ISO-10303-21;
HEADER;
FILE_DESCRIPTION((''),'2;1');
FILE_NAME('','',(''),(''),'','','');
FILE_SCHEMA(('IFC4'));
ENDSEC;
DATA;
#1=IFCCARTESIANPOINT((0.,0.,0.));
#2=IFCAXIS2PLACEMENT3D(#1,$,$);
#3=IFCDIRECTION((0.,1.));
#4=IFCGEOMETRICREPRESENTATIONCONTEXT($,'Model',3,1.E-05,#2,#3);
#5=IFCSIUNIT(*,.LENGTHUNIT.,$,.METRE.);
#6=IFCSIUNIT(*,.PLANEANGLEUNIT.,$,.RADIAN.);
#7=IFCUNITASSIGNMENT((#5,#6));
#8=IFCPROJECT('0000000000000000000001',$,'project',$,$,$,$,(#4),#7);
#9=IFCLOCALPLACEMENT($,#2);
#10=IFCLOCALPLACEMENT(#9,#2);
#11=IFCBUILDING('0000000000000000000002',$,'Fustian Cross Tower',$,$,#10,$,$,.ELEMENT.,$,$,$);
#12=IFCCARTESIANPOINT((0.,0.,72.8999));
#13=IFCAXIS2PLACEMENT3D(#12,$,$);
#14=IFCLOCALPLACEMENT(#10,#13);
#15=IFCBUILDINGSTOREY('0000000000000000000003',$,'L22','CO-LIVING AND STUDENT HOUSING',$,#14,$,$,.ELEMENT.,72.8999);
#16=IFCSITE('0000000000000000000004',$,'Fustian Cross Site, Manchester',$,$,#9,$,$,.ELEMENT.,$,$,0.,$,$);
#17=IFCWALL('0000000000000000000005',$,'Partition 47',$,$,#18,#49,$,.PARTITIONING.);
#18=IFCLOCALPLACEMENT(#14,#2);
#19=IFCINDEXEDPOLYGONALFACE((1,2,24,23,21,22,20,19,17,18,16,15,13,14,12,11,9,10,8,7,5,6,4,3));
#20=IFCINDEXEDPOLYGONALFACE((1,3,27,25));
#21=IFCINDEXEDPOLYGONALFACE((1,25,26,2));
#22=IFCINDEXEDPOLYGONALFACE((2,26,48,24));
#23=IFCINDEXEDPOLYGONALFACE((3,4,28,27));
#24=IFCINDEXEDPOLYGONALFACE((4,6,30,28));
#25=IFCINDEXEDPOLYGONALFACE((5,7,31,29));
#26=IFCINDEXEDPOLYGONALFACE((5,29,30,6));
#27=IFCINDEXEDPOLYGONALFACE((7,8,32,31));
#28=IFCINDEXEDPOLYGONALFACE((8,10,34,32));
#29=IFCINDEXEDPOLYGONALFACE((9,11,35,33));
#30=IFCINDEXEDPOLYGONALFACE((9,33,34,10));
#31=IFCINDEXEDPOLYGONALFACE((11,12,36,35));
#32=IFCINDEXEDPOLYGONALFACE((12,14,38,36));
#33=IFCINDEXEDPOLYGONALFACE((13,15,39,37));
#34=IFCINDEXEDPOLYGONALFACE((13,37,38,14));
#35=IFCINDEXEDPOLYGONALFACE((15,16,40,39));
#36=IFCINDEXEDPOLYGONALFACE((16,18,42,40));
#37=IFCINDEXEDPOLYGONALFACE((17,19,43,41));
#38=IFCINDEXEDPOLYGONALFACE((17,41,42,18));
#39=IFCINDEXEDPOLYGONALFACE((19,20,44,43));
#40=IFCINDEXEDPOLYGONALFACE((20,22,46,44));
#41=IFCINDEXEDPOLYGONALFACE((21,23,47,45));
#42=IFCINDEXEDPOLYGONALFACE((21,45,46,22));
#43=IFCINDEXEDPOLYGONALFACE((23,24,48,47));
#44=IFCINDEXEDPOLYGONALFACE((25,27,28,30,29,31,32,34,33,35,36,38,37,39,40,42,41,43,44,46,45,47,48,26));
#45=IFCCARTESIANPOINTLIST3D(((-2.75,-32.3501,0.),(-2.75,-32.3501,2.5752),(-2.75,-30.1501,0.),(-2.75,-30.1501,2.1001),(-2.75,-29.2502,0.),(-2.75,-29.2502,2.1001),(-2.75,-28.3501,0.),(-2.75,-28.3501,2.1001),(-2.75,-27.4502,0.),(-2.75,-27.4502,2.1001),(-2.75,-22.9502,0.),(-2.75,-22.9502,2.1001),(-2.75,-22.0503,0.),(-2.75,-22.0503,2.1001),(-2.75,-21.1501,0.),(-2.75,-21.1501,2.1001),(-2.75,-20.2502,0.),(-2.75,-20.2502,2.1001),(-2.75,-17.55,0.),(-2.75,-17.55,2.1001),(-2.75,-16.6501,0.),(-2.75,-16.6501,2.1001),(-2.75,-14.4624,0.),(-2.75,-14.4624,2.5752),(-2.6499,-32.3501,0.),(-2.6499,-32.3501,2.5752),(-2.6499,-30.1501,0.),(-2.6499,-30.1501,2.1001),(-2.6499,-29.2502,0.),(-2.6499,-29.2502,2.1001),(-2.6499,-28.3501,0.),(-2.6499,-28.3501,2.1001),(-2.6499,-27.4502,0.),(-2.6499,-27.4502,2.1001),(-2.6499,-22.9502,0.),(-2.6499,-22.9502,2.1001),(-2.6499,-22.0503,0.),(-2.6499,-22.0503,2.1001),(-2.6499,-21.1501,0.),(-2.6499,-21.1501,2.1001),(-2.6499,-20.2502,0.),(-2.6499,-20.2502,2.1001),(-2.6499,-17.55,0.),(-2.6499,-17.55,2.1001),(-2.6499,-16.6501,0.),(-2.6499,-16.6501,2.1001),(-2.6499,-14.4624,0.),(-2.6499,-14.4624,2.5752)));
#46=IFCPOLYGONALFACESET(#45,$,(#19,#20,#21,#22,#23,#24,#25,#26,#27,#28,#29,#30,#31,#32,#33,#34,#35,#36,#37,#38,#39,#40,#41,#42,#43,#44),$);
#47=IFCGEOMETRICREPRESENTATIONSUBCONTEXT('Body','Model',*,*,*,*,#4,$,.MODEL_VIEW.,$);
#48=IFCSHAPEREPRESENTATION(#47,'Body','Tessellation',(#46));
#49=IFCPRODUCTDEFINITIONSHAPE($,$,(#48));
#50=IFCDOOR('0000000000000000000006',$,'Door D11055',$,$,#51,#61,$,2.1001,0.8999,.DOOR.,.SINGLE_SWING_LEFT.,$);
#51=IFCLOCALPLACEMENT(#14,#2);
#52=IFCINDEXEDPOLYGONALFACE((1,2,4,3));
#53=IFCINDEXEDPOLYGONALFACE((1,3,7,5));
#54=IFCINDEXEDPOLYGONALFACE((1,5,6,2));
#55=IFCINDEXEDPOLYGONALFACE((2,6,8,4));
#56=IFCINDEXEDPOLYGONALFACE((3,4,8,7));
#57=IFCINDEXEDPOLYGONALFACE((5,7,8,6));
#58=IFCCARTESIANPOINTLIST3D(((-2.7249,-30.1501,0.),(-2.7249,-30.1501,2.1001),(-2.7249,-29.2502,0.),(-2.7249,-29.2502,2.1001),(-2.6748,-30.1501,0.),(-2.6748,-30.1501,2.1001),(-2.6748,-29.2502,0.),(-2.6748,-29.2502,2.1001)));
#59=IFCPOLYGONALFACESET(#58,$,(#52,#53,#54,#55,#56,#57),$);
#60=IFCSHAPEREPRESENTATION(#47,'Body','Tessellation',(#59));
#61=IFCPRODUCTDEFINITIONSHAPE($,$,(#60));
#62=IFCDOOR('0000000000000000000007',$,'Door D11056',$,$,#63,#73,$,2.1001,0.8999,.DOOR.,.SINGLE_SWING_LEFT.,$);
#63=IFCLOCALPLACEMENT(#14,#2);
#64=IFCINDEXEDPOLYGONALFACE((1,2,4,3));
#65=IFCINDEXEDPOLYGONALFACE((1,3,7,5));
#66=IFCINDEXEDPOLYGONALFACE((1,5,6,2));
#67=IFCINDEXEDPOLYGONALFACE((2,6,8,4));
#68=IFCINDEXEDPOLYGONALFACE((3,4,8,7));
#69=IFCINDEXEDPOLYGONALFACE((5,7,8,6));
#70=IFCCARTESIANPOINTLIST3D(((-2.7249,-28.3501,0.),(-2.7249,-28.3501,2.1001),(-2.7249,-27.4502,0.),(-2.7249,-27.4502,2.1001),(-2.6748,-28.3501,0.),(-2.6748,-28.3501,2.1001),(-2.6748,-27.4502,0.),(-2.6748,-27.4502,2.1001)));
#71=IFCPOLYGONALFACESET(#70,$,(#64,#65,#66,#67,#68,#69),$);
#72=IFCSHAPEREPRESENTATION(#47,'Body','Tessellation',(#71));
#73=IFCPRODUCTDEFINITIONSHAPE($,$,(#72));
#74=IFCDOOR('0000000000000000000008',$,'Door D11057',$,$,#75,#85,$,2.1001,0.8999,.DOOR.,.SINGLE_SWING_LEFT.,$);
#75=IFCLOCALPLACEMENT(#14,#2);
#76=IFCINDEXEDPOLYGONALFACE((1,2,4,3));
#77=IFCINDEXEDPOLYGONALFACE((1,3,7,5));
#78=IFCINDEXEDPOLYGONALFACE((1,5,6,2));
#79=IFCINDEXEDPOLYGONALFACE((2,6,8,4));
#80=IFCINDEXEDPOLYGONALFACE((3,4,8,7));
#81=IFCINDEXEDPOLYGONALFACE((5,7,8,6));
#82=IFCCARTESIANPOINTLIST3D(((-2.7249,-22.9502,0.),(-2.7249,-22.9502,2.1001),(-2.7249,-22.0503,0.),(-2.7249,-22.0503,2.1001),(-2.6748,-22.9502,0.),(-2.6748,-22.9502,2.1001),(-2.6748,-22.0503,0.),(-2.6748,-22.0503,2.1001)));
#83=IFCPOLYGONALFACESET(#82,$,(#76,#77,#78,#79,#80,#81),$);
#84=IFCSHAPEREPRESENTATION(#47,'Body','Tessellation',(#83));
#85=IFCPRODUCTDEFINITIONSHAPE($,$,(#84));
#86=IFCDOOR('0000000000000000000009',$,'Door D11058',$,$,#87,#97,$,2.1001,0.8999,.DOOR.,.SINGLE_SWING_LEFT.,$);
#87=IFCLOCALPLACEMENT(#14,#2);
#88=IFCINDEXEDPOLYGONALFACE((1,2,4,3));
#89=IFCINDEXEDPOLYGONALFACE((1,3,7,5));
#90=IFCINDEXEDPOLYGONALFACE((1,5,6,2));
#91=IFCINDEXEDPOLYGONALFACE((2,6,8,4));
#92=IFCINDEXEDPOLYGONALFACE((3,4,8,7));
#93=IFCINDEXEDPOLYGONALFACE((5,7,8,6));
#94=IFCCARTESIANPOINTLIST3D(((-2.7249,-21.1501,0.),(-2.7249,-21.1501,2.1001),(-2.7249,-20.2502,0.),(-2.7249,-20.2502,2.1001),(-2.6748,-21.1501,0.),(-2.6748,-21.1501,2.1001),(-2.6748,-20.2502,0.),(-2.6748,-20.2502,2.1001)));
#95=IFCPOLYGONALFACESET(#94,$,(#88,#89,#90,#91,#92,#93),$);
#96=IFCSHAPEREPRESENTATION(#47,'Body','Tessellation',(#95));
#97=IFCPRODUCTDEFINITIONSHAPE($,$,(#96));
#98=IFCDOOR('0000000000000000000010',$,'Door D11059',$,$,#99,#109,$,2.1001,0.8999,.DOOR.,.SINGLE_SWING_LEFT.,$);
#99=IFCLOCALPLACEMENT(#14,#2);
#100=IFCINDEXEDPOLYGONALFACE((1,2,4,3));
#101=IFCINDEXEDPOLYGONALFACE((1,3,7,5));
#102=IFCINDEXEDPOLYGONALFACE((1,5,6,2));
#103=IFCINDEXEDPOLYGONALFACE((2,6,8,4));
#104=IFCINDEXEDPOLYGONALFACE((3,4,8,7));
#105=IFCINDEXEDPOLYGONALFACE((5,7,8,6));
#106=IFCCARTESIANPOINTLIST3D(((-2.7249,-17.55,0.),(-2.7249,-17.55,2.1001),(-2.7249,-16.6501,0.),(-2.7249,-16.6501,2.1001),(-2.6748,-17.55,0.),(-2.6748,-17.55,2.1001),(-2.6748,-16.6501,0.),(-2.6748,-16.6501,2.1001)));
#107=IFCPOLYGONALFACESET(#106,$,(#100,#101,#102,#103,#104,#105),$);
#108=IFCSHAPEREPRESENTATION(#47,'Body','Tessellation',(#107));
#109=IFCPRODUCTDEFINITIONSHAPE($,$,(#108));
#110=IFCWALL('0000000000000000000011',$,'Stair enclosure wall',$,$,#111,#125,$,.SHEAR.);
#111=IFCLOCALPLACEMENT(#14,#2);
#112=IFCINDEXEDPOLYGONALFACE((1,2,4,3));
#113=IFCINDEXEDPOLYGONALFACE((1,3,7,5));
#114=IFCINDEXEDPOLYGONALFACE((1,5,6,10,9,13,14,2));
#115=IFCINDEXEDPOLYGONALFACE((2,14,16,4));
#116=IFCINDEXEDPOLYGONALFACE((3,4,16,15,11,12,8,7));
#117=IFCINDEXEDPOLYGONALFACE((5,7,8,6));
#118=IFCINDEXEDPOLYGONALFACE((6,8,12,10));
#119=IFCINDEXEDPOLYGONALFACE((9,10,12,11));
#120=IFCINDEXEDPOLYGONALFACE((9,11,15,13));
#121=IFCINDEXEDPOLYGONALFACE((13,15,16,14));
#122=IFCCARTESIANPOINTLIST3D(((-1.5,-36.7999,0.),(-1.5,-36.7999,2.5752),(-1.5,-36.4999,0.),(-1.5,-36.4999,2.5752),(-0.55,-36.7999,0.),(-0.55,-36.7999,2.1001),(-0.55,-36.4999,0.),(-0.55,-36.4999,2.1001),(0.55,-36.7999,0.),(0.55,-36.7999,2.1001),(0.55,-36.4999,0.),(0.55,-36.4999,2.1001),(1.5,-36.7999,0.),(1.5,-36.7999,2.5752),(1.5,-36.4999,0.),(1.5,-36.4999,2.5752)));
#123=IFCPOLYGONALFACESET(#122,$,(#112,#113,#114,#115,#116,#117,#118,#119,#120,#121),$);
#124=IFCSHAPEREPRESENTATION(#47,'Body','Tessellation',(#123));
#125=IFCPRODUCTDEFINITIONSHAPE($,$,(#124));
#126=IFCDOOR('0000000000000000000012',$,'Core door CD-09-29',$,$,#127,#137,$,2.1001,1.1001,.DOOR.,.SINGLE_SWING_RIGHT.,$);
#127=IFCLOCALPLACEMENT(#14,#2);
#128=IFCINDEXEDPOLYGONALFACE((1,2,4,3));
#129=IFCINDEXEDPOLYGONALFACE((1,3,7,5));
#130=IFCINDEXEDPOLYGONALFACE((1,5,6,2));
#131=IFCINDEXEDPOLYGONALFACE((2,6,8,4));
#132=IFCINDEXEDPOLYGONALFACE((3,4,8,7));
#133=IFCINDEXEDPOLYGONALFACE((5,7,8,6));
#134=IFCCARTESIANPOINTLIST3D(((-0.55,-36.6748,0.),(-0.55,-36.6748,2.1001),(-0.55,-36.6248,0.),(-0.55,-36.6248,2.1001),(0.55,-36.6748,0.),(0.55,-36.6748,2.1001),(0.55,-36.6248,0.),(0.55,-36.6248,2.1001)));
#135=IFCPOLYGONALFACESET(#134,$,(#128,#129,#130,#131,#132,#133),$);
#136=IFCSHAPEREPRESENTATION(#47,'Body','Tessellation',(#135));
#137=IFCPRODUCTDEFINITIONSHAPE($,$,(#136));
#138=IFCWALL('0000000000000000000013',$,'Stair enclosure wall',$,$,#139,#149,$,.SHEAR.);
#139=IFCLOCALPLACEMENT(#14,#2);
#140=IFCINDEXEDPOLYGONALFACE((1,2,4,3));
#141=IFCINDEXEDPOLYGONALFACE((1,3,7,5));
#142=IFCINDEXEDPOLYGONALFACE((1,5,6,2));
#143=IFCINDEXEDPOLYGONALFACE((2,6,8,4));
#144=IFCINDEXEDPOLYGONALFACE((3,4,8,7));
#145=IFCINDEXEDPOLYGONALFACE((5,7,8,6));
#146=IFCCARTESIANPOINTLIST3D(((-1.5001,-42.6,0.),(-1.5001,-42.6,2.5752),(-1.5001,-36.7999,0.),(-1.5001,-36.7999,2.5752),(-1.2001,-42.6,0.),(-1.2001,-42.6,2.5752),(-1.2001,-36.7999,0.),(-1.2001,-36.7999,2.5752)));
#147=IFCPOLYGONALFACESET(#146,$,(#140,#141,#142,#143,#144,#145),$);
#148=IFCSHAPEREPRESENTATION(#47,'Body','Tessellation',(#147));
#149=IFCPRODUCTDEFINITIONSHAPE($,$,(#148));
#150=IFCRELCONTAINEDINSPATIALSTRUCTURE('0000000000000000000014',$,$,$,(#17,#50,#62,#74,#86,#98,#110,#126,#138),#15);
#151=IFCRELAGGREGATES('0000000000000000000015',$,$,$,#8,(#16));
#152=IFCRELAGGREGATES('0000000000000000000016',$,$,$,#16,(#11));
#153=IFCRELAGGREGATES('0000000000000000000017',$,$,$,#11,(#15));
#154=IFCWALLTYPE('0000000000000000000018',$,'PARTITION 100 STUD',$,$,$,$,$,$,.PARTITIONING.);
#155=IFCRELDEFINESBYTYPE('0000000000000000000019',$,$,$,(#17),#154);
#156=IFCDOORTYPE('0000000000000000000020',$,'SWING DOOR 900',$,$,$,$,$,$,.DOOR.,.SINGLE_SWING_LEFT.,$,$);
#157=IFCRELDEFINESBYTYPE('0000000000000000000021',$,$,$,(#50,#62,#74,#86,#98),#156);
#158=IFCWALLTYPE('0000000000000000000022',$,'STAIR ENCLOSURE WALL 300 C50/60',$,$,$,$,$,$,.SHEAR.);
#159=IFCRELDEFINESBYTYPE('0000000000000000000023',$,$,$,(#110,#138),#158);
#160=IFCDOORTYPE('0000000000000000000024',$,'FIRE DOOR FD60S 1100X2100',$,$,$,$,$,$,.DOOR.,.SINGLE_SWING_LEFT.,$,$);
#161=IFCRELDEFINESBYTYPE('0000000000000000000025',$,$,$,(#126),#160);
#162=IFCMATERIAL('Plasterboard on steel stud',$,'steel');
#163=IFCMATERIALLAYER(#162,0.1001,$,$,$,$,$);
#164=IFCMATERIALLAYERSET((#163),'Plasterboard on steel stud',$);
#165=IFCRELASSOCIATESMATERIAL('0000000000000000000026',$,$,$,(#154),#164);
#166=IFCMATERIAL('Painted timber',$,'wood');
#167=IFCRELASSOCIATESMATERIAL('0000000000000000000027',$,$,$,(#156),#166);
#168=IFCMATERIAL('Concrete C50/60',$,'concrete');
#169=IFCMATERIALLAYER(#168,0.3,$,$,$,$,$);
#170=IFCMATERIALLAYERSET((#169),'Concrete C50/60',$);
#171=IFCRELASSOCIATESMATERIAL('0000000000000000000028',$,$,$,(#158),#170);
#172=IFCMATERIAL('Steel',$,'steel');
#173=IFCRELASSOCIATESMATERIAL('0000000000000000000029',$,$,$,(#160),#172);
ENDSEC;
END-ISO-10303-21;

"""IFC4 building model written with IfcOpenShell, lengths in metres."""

from ifc_helpers import new_model, si_unit, direction, frame, frame_2d, origin, place, context, subcontext, project, spatial, rectangle, extrude, material, layer, layer_set, type_object, element, fill, save


model = new_model("IFC4")

# Units and contexts
model_context = context("Model", 3, precision=1e-05, world=origin(), true_north=direction((0.0, 1.0)))
body_context = subcontext(model_context, "Body", "Model", "MODEL_VIEW")
ifc_project = project(units=[si_unit("LENGTHUNIT", "METRE"), si_unit("PLANEANGLEUNIT", "RADIAN")], contexts=[model_context])

# Site, building, storey
site_placement = place(None, origin())
site = spatial("IfcSite", under=ifc_project, at=site_placement, Name="Fustian Cross Site, Manchester", CompositionType="ELEMENT", RefElevation=0.0)
building_placement = place(site_placement, origin())
building = spatial("IfcBuilding", under=site, at=building_placement, Name="Fustian Cross Tower", CompositionType="ELEMENT")
storey_placement = place(building_placement, frame((0.0, 0.0, 72.8999)))
storey = spatial("IfcBuildingStorey", under=building, at=storey_placement, Name="L22", Description="CO-LIVING AND STUDENT HOUSING", CompositionType="ELEMENT", Elevation=72.8999)

# Shared definitions
ifc_material_1 = material(Name="Plasterboard on steel stud", Category="steel")
ifc_layer_1 = layer(ifc_material_1, 0.1001)
ifc_layer_set_1 = layer_set([ifc_layer_1], Name="Plasterboard on steel stud")
wall_type_1 = type_object("IfcWallType", Name="PARTITION 100 STUD", PredefinedType="PARTITIONING", material=ifc_layer_set_1)

# Wall, openings, doors
wall_1_placement = place(storey_placement, frame((-2.7, -32.3501, 0.0), z_axis=(0.0, 0.0, 1.0), x_axis=(0.0, 1.0, 0.0)))
wall_1 = element("IfcWall", 1, at=wall_1_placement, inside=storey, type_object=wall_type_1, Name="Partition 47", PredefinedType="PARTITIONING", context=body_context, shape_type="SweptSolid", body=[
    extrude(rectangle(XDim=17.8877, YDim=0.1001, at=frame_2d((8.9438, 0.0))), origin(), (0.0, 0.0, 1.0), 2.5752),
])
opening_1_placement = place(wall_1_placement, frame((2.2, 0.0, 0.0)))
opening_1 = element("IfcOpeningElement", 2, at=opening_1_placement, cuts=wall_1, PredefinedType="OPENING", context=body_context, shape_type="SweptSolid", body=[
    extrude(rectangle(XDim=0.8999, YDim=2.1001, at=frame_2d((0.45, 1.05))), frame((0.0, 0.0601, 0.0), z_axis=(0.0, -1.0, 0.0), x_axis=(1.0, 0.0, 0.0)), (0.0, 0.0, 1.0), 0.1201),
])
opening_2_placement = place(wall_1_placement, frame((4.0, 0.0, 0.0)))
opening_2 = element("IfcOpeningElement", 3, at=opening_2_placement, cuts=wall_1, PredefinedType="OPENING", context=body_context, shape_type="SweptSolid", body=[
    extrude(rectangle(XDim=0.8999, YDim=2.1001, at=frame_2d((0.45, 1.05))), frame((0.0, 0.0601, 0.0), z_axis=(0.0, -1.0, 0.0), x_axis=(1.0, 0.0, 0.0)), (0.0, 0.0, 1.0), 0.1201),
])
opening_3_placement = place(wall_1_placement, frame((9.3999, 0.0, 0.0)))
opening_3 = element("IfcOpeningElement", 4, at=opening_3_placement, cuts=wall_1, PredefinedType="OPENING", context=body_context, shape_type="SweptSolid", body=[
    extrude(rectangle(XDim=0.8999, YDim=2.1001, at=frame_2d((0.45, 1.05))), frame((0.0, 0.0601, 0.0), z_axis=(0.0, -1.0, 0.0), x_axis=(1.0, 0.0, 0.0)), (0.0, 0.0, 1.0), 0.1201),
])
opening_4_placement = place(wall_1_placement, frame((11.2, 0.0, 0.0)))
opening_4 = element("IfcOpeningElement", 5, at=opening_4_placement, cuts=wall_1, PredefinedType="OPENING", context=body_context, shape_type="SweptSolid", body=[
    extrude(rectangle(XDim=0.8999, YDim=2.1001, at=frame_2d((0.45, 1.05))), frame((0.0, 0.0601, 0.0), z_axis=(0.0, -1.0, 0.0), x_axis=(1.0, 0.0, 0.0)), (0.0, 0.0, 1.0), 0.1201),
])
opening_5_placement = place(wall_1_placement, frame((14.8, 0.0, 0.0)))
opening_5 = element("IfcOpeningElement", 6, at=opening_5_placement, cuts=wall_1, PredefinedType="OPENING", context=body_context, shape_type="SweptSolid", body=[
    extrude(rectangle(XDim=0.8999, YDim=2.1001, at=frame_2d((0.45, 1.05))), frame((0.0, 0.0601, 0.0), z_axis=(0.0, -1.0, 0.0), x_axis=(1.0, 0.0, 0.0)), (0.0, 0.0, 1.0), 0.1201),
])
ifc_material_2 = material(Name="Painted timber", Category="wood")
door_type_1 = type_object("IfcDoorType", Name="SWING DOOR 900", OperationType="SINGLE_SWING_LEFT", PredefinedType="DOOR", material=ifc_material_2)
door_1_placement = place(opening_1_placement, origin())
door_1 = element("IfcDoor", 7, at=door_1_placement, inside=storey, type_object=door_type_1, Name="Door D11055", OperationType="SINGLE_SWING_LEFT", OverallHeight=2.1001, OverallWidth=0.8999, PredefinedType="DOOR", context=body_context, shape_type="SweptSolid", body=[
    extrude(rectangle(XDim=0.8999, YDim=2.1001, at=frame_2d((0.45, 1.05))), frame((0.0, 0.0249, 0.0), z_axis=(0.0, -1.0, 0.0), x_axis=(1.0, 0.0, 0.0)), (0.0, 0.0, 1.0), 0.05),
])
fill(opening_1, door_1)
door_2_placement = place(opening_2_placement, origin())
door_2 = element("IfcDoor", 8, at=door_2_placement, inside=storey, type_object=door_type_1, Name="Door D11056", OperationType="SINGLE_SWING_LEFT", OverallHeight=2.1001, OverallWidth=0.8999, PredefinedType="DOOR", context=body_context, shape_type="SweptSolid", body=[
    extrude(rectangle(XDim=0.8999, YDim=2.1001, at=frame_2d((0.45, 1.05))), frame((0.0, 0.0249, 0.0), z_axis=(0.0, -1.0, 0.0), x_axis=(1.0, 0.0, 0.0)), (0.0, 0.0, 1.0), 0.05),
])
fill(opening_2, door_2)
door_3_placement = place(opening_3_placement, origin())
door_3 = element("IfcDoor", 9, at=door_3_placement, inside=storey, type_object=door_type_1, Name="Door D11057", OperationType="SINGLE_SWING_LEFT", OverallHeight=2.1001, OverallWidth=0.8999, PredefinedType="DOOR", context=body_context, shape_type="SweptSolid", body=[
    extrude(rectangle(XDim=0.8999, YDim=2.1001, at=frame_2d((0.45, 1.05))), frame((0.0, 0.0249, 0.0), z_axis=(0.0, -1.0, 0.0), x_axis=(1.0, 0.0, 0.0)), (0.0, 0.0, 1.0), 0.05),
])
fill(opening_3, door_3)
door_4_placement = place(opening_4_placement, origin())
door_4 = element("IfcDoor", 10, at=door_4_placement, inside=storey, type_object=door_type_1, Name="Door D11058", OperationType="SINGLE_SWING_LEFT", OverallHeight=2.1001, OverallWidth=0.8999, PredefinedType="DOOR", context=body_context, shape_type="SweptSolid", body=[
    extrude(rectangle(XDim=0.8999, YDim=2.1001, at=frame_2d((0.45, 1.05))), frame((0.0, 0.0249, 0.0), z_axis=(0.0, -1.0, 0.0), x_axis=(1.0, 0.0, 0.0)), (0.0, 0.0, 1.0), 0.05),
])
fill(opening_4, door_4)
door_5_placement = place(opening_5_placement, origin())
door_5 = element("IfcDoor", 11, at=door_5_placement, inside=storey, type_object=door_type_1, Name="Door D11059", OperationType="SINGLE_SWING_LEFT", OverallHeight=2.1001, OverallWidth=0.8999, PredefinedType="DOOR", context=body_context, shape_type="SweptSolid", body=[
    extrude(rectangle(XDim=0.8999, YDim=2.1001, at=frame_2d((0.45, 1.05))), frame((0.0, 0.0249, 0.0), z_axis=(0.0, -1.0, 0.0), x_axis=(1.0, 0.0, 0.0)), (0.0, 0.0, 1.0), 0.05),
])
fill(opening_5, door_5)

# Wall, opening, door
ifc_material_3 = material(Name="Concrete C50/60", Category="concrete")
ifc_layer_2 = layer(ifc_material_3, 0.3)
ifc_layer_set_2 = layer_set([ifc_layer_2], Name="Concrete C50/60")
wall_type_2 = type_object("IfcWallType", Name="STAIR ENCLOSURE WALL 300 C50/60", PredefinedType="SHEAR", material=ifc_layer_set_2)
wall_2_placement = place(storey_placement, frame((-1.5, -36.6499, 0.0), z_axis=(0.0, 0.0, 1.0), x_axis=(1.0, 0.0, 0.0)))
wall_2 = element("IfcWall", 12, at=wall_2_placement, inside=storey, type_object=wall_type_2, Name="Stair enclosure wall", PredefinedType="SHEAR", context=body_context, shape_type="SweptSolid", body=[
    extrude(rectangle(XDim=3.0, YDim=0.3, at=frame_2d((1.5, 0.0))), origin(), (0.0, 0.0, 1.0), 2.5752),
])
opening_6_placement = place(wall_2_placement, frame((0.95, 0.0, 0.0)))
opening_6 = element("IfcOpeningElement", 13, at=opening_6_placement, cuts=wall_2, PredefinedType="OPENING", context=body_context, shape_type="SweptSolid", body=[
    extrude(rectangle(XDim=1.1001, YDim=2.1001, at=frame_2d((0.55, 1.05))), frame((0.0, 0.1599, 0.0), z_axis=(0.0, -1.0, 0.0), x_axis=(1.0, 0.0, 0.0)), (0.0, 0.0, 1.0), 0.3201),
])
ifc_material_4 = material(Name="Steel", Category="steel")
door_type_2 = type_object("IfcDoorType", Name="FIRE DOOR FD60S 1100X2100", OperationType="SINGLE_SWING_LEFT", PredefinedType="DOOR", material=ifc_material_4)
door_6_placement = place(opening_6_placement, frame((1.1001, 0.0, 0.0), z_axis=(0.0, 0.0, 1.0), x_axis=(-1.0, 0.0, 0.0)))
door_6 = element("IfcDoor", 14, at=door_6_placement, inside=storey, type_object=door_type_2, Name="Core door CD-09-29", OperationType="SINGLE_SWING_RIGHT", OverallHeight=2.1001, OverallWidth=1.1001, PredefinedType="DOOR", context=body_context, shape_type="SweptSolid", body=[
    extrude(rectangle(XDim=1.1001, YDim=2.1001, at=frame_2d((0.55, 1.05))), frame((0.0, 0.0249, 0.0), z_axis=(0.0, -1.0, 0.0), x_axis=(1.0, 0.0, 0.0)), (0.0, 0.0, 1.0), 0.05),
])
fill(opening_6, door_6)

# Wall
wall_3_placement = place(storey_placement, frame((-1.3501, -36.8, 0.0), z_axis=(0.0, 0.0, 1.0), x_axis=(0.0, -1.0, 0.0)))
element("IfcWall", 15, at=wall_3_placement, inside=storey, type_object=wall_type_2, Name="Stair enclosure wall", PredefinedType="SHEAR", context=body_context, shape_type="SweptSolid", body=[
    extrude(rectangle(XDim=5.8, YDim=0.3, at=frame_2d((2.8999, 0.0))), origin(), (0.0, 0.0, 1.0), 2.5752),
])

save(model, "model.ifc")
